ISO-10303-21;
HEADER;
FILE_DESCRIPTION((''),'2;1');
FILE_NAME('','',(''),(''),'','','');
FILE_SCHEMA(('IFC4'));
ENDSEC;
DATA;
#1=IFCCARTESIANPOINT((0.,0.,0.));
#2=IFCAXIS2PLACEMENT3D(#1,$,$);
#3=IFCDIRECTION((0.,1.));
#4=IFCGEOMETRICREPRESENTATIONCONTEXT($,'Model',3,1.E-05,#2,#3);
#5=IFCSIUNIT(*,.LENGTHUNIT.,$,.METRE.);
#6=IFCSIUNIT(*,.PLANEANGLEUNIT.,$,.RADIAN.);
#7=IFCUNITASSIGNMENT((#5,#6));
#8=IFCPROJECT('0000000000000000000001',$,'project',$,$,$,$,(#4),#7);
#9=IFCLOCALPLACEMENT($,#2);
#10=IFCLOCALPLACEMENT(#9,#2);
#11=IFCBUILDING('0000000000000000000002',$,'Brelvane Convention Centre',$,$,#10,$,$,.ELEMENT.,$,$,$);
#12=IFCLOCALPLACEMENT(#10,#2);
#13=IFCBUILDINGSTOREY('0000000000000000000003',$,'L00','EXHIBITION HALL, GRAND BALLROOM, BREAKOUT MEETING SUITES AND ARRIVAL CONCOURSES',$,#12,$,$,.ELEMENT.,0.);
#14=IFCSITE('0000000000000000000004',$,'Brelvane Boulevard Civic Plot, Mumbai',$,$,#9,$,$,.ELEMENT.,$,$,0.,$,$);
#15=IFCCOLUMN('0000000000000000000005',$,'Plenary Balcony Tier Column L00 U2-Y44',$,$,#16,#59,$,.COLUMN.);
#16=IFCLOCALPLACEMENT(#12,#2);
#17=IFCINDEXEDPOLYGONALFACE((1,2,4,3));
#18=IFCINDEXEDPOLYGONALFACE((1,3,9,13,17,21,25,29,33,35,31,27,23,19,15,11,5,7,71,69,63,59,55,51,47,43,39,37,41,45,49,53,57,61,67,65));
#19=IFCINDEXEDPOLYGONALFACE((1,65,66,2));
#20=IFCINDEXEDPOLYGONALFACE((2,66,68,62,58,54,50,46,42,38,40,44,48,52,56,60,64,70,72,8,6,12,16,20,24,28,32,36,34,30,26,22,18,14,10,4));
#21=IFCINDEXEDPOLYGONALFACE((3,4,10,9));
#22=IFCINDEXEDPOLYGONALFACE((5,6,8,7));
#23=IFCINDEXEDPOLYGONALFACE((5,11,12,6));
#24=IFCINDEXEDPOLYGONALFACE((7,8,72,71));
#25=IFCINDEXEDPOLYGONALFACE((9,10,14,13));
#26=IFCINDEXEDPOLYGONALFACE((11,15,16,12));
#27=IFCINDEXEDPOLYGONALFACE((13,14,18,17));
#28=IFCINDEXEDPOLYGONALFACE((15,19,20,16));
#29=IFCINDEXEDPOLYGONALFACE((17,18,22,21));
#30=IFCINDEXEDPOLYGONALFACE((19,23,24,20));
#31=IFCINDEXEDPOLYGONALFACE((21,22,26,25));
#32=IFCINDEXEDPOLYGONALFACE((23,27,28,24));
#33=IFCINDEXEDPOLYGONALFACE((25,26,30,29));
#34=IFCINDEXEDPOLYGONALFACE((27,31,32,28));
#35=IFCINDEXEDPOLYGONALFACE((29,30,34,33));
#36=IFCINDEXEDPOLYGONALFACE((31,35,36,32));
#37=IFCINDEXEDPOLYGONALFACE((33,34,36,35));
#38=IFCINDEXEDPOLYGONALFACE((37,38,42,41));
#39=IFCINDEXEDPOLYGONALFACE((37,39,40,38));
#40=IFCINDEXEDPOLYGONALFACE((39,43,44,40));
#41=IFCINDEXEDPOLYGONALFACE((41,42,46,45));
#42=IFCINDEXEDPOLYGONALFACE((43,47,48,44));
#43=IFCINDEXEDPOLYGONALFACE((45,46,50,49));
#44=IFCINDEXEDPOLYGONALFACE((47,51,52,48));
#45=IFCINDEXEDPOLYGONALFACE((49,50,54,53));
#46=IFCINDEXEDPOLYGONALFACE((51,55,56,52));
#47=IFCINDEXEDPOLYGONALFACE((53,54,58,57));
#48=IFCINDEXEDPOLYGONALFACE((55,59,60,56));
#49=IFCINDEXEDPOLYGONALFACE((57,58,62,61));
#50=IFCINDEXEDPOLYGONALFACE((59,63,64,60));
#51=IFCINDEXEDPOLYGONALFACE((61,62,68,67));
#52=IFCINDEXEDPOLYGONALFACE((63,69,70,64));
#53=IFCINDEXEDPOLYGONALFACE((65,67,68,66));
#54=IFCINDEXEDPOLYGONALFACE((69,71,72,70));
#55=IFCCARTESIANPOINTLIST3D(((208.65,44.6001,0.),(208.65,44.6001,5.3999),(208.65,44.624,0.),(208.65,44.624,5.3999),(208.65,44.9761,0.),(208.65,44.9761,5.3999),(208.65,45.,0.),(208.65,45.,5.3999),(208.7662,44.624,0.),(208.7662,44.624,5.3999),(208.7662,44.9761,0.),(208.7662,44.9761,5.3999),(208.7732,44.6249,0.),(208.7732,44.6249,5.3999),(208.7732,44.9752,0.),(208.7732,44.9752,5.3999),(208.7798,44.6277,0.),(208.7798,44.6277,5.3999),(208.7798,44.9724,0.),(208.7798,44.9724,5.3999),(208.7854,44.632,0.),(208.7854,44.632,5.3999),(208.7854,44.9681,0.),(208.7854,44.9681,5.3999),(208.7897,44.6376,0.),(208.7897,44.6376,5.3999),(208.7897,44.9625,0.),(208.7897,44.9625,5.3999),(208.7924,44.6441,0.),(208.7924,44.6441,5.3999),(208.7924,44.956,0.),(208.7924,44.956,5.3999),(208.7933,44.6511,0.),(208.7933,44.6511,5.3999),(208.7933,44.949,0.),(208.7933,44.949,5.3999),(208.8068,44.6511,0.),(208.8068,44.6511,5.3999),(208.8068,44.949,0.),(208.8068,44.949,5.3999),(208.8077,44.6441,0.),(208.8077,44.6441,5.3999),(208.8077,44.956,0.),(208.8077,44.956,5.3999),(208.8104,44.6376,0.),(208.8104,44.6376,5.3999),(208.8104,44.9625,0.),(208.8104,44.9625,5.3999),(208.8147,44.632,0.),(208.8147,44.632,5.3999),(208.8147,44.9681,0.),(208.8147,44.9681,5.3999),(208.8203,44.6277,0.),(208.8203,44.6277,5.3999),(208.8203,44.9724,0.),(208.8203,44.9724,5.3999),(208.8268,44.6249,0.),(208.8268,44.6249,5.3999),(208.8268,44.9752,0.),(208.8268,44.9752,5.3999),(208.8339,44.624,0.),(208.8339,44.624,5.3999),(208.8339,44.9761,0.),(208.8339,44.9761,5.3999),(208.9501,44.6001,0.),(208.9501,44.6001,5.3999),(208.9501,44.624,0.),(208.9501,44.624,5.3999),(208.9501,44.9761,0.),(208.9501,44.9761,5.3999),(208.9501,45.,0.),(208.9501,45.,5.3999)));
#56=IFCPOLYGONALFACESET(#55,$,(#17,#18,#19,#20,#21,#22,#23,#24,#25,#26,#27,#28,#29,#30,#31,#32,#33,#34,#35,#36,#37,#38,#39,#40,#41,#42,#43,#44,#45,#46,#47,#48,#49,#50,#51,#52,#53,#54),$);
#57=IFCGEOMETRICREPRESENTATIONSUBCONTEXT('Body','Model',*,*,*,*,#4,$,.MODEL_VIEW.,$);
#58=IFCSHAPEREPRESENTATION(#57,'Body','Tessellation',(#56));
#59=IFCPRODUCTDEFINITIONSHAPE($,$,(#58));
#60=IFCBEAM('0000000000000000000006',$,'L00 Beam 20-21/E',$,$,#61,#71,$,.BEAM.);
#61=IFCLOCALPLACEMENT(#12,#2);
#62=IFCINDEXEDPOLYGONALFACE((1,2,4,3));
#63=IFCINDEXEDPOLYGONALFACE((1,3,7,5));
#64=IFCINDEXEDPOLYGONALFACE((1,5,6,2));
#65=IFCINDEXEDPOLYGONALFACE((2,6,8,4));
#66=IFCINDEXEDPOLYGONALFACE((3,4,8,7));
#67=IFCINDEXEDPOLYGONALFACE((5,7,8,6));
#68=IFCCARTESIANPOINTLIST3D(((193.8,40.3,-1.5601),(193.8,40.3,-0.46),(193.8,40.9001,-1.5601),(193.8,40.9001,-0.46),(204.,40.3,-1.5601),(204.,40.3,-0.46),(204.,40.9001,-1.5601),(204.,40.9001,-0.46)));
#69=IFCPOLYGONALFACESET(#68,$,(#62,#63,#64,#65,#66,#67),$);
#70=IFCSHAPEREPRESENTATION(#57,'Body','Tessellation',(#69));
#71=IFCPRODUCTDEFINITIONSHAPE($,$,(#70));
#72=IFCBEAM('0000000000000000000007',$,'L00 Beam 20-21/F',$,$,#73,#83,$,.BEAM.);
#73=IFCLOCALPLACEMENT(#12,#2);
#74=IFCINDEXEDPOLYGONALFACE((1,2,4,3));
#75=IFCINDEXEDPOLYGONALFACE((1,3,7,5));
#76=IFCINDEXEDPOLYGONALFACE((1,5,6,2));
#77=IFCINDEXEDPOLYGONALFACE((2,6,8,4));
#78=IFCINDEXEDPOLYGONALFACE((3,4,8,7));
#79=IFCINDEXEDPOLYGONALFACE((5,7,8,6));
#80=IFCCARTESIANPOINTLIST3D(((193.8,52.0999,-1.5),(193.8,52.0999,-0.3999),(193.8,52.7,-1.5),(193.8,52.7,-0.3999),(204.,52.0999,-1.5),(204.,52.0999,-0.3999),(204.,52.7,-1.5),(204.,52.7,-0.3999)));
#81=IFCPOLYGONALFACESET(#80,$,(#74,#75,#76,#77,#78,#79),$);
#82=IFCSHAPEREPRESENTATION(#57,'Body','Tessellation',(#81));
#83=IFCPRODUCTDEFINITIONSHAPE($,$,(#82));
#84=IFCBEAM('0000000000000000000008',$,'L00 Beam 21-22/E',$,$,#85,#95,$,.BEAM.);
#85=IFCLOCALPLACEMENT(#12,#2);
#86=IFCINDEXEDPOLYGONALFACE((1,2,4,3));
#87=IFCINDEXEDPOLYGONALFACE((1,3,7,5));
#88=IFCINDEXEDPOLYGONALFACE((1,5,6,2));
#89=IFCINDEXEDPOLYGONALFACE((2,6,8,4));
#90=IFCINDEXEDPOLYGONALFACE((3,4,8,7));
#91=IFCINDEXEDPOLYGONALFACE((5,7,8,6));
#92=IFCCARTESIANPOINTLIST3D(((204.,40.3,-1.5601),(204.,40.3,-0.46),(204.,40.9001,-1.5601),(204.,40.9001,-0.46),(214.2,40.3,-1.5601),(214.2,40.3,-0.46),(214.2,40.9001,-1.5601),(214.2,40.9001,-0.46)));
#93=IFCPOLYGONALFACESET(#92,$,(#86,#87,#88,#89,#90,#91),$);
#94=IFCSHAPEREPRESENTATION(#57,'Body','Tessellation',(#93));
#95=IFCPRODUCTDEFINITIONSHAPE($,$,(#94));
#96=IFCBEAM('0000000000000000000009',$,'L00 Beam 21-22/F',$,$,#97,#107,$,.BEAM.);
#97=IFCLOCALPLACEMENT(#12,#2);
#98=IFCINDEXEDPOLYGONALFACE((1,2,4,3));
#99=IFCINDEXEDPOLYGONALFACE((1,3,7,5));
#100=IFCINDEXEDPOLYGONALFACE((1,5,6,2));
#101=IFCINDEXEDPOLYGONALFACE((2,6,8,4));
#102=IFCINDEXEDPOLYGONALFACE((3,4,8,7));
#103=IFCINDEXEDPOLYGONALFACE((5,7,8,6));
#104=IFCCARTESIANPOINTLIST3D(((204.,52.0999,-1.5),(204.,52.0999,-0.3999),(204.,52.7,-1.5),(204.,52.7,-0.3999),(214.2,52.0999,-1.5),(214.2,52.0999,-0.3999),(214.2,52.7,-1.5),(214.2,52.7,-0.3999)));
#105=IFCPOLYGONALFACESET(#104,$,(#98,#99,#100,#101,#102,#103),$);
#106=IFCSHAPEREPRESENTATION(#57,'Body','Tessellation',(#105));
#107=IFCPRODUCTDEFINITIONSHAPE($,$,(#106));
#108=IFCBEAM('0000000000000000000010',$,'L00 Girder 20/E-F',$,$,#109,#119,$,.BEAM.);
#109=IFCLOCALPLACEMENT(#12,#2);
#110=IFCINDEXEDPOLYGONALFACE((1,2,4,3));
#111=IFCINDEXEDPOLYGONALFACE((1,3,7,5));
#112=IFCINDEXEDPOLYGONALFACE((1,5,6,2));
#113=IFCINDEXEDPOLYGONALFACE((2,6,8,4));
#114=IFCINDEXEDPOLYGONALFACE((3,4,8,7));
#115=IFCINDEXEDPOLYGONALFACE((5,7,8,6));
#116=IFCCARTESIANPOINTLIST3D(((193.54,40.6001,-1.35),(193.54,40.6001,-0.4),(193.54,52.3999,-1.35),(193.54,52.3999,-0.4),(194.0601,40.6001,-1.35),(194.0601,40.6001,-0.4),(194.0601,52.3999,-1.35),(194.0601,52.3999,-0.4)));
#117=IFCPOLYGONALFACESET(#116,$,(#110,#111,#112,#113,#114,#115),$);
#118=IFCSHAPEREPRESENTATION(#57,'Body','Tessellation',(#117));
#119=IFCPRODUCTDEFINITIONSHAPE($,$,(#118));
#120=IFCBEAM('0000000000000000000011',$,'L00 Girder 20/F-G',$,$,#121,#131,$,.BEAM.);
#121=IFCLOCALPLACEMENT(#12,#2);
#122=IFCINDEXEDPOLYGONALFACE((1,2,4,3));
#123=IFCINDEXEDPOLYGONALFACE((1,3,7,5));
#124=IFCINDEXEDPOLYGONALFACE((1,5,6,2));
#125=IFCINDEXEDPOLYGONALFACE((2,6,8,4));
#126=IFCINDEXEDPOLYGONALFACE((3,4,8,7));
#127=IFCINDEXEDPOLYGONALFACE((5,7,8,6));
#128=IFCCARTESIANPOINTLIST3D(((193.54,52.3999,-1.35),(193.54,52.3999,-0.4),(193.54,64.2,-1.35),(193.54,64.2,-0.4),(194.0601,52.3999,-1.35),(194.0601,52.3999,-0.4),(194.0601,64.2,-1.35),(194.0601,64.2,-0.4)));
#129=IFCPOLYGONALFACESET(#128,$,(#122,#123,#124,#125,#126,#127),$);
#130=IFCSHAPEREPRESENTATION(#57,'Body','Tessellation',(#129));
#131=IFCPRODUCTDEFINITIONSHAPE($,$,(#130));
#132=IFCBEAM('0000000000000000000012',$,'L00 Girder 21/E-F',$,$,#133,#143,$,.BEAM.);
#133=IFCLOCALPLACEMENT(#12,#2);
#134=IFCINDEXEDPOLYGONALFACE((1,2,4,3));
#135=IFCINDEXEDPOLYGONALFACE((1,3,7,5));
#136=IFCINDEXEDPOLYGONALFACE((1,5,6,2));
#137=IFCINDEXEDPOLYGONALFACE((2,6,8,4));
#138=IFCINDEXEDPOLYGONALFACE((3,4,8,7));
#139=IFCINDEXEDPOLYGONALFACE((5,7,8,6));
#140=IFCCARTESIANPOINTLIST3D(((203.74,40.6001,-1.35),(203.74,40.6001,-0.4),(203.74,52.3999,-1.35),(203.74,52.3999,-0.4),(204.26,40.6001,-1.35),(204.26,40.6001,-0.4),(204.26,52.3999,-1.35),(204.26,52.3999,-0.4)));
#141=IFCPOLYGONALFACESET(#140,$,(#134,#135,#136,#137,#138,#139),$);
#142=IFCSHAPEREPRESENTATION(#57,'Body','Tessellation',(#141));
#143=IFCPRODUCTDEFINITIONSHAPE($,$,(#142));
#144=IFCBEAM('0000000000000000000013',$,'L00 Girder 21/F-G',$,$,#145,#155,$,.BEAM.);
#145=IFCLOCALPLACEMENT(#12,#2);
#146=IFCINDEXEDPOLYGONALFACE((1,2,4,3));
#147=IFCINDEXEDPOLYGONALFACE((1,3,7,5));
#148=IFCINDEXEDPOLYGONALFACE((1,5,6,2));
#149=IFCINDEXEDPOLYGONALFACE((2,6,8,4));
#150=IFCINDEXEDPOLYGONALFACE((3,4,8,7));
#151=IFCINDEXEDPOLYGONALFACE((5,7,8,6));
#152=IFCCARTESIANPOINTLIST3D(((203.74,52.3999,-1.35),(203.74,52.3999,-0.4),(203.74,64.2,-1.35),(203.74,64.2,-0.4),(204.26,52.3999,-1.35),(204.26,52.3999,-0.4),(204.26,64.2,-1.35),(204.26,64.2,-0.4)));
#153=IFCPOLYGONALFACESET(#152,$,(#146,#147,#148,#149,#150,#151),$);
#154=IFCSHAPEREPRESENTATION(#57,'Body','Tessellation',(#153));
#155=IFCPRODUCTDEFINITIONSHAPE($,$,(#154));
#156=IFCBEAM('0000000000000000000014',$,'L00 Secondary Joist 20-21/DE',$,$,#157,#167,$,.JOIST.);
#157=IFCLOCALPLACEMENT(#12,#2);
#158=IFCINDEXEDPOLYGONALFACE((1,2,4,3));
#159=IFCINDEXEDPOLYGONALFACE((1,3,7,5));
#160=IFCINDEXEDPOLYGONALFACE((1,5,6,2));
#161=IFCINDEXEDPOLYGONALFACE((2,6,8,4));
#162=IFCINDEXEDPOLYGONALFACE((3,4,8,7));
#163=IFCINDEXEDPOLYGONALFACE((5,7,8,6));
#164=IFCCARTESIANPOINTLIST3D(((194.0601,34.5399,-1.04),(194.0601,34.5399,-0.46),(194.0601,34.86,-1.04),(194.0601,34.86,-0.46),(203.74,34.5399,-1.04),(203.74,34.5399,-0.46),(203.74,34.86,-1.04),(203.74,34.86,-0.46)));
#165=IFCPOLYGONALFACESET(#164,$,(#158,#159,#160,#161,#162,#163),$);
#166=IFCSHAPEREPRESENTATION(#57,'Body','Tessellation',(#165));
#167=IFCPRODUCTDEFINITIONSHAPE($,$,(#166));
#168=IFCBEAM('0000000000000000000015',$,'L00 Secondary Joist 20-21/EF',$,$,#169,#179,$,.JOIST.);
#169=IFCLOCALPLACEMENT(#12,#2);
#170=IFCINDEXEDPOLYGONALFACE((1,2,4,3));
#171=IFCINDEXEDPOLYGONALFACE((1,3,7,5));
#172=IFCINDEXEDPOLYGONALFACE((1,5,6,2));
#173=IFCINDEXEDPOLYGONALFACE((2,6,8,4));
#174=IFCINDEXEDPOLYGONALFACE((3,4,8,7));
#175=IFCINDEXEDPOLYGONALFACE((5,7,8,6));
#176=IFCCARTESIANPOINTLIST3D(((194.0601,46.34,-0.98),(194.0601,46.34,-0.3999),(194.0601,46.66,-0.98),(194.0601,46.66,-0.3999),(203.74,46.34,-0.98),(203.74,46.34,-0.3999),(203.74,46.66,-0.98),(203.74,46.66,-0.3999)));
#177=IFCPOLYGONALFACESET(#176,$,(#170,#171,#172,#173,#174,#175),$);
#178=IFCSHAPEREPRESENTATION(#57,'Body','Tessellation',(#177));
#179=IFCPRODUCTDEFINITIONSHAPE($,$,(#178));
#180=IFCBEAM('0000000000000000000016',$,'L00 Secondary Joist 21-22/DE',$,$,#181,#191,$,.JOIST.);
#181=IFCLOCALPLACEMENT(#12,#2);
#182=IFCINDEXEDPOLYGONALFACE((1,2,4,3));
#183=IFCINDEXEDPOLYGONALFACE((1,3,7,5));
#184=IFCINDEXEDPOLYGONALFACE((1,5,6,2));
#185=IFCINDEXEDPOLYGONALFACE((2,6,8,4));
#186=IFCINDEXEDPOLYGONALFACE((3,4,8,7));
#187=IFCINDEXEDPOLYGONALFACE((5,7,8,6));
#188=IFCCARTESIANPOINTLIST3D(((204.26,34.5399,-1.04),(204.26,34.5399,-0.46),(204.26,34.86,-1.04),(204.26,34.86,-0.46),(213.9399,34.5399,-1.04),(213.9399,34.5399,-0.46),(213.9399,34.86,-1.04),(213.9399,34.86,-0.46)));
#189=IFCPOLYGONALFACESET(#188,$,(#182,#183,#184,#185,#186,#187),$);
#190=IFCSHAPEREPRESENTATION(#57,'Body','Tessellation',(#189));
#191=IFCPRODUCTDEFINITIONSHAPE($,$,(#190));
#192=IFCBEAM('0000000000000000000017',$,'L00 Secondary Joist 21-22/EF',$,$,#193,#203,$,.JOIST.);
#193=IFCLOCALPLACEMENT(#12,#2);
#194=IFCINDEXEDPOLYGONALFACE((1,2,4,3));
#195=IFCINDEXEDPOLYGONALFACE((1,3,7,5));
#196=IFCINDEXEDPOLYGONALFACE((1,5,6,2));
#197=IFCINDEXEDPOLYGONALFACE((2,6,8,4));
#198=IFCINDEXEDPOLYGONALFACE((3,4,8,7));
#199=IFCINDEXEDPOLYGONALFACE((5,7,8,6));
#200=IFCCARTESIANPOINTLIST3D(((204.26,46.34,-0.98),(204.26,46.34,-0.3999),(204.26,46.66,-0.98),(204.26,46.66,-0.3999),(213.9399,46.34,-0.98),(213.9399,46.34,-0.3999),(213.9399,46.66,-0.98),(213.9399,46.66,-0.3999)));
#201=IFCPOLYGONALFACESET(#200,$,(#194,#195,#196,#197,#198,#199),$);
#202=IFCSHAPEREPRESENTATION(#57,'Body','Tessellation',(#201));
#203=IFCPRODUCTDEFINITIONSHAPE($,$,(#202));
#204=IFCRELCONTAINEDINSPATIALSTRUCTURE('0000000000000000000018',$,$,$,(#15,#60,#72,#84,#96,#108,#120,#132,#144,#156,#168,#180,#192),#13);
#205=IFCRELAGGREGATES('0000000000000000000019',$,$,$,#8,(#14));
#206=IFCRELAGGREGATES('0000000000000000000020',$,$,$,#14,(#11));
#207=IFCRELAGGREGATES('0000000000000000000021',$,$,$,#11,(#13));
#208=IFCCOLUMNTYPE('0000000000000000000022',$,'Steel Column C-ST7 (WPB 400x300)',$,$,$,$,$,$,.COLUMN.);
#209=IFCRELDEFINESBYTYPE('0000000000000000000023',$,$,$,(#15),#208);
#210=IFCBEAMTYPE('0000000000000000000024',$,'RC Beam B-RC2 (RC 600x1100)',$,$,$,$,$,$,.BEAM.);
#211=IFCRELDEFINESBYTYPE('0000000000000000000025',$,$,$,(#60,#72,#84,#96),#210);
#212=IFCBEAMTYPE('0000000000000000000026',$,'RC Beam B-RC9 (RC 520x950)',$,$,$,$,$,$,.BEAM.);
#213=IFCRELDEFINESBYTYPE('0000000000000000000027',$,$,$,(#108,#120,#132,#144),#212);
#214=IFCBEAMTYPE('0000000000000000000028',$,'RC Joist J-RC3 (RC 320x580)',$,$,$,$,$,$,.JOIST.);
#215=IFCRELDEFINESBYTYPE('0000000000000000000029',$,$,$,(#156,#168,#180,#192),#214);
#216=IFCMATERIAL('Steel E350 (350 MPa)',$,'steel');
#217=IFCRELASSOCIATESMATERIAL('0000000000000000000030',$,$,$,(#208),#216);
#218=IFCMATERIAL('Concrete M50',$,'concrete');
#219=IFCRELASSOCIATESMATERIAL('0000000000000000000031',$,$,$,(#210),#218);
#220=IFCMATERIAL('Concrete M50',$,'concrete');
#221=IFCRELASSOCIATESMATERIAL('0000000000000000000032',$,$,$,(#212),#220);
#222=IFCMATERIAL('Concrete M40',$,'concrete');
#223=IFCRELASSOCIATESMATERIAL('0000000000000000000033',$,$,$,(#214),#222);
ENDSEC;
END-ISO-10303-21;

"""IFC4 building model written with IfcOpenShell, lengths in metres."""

from ifc_helpers import new_model, si_unit, direction, frame, origin, origin_2d, place, context, subcontext, project, spatial, rectangle, i_section, extrude, material, material_profile, profile_set, type_object, element, save


model = new_model("IFC4")

# Units and contexts
model_context = context("Model", 3, precision=1e-05, world=origin(), true_north=direction((0.0, 1.0)))
body_context = subcontext(model_context, "Body", "Model", "MODEL_VIEW")
ifc_project = project(units=[si_unit("LENGTHUNIT", "METRE"), si_unit("PLANEANGLEUNIT", "RADIAN")], contexts=[model_context])

# Site, building, storey
site_placement = place(None, origin())
site = spatial("IfcSite", under=ifc_project, at=site_placement, Name="Brelvane Boulevard Civic Plot, Mumbai", CompositionType="ELEMENT", RefElevation=0.0)
building_placement = place(site_placement, origin())
building = spatial("IfcBuilding", under=site, at=building_placement, Name="Brelvane Convention Centre", CompositionType="ELEMENT")
storey_placement = place(building_placement, origin())
storey = spatial("IfcBuildingStorey", under=building, at=storey_placement, Name="L00", Description="EXHIBITION HALL, GRAND BALLROOM, BREAKOUT MEETING SUITES AND ARRIVAL CONCOURSES", CompositionType="ELEMENT", Elevation=0.0)

# Column
ifc_material_1 = material(Name="Steel E350 (350 MPa)", Category="steel")
ifc_material_profile_1 = material_profile(ifc_material_1, i_section(OverallWidth=0.3, OverallDepth=0.3999, WebThickness=0.0134, FlangeThickness=0.0239, FilletRadius=0.0271, at=origin_2d()), Name="WPB 400x300")
ifc_profile_set_1 = profile_set([ifc_material_profile_1], Name="Steel E350 (350 MPa)")
column_type_1 = type_object("IfcColumnType", Name="Steel Column C-ST7 (WPB 400x300)", PredefinedType="COLUMN", material=ifc_profile_set_1)
for number, where, z_axis, x_axis, name in (
    (1, (208.8, 44.8, 0.0), (0.0, 0.0, 1.0), (1.0, 0.0, 0.0), "Plenary Balcony Tier Column L00 U2-Y44"),
):
    element("IfcColumn", number, at=place(storey_placement, frame(where, z_axis=z_axis, x_axis=x_axis)), inside=storey, type_object=column_type_1, Name=name, PredefinedType="COLUMN", context=body_context, shape_type="SweptSolid", body=[
        extrude(i_section(OverallWidth=0.3, OverallDepth=0.3999, WebThickness=0.0134, FlangeThickness=0.0239, FilletRadius=0.0271, at=origin_2d()), origin(), (0.0, 0.0, 1.0), 5.3999),
    ])

# Beams
ifc_material_2 = material(Name="Concrete M50", Category="concrete")
ifc_material_profile_2 = material_profile(ifc_material_2, rectangle(XDim=0.6001, YDim=1.1001, at=origin_2d()), Name="RC 600x1100")
ifc_profile_set_2 = profile_set([ifc_material_profile_2], Name="Concrete M50")
beam_type_1 = type_object("IfcBeamType", Name="RC Beam B-RC2 (RC 600x1100)", PredefinedType="BEAM", material=ifc_profile_set_2)
for number, where, z_axis, x_axis, name in (
    (2, (193.8, 40.6001, -1.01), (1.0, 0.0, 0.0), (0.0, 1.0, 0.0), "L00 Beam 20-21/E"),
    (3, (193.8, 52.3999, -0.95), (1.0, 0.0, 0.0), (0.0, 1.0, 0.0), "L00 Beam 20-21/F"),
    (4, (204.0, 40.6001, -1.01), (1.0, 0.0, 0.0), (0.0, 1.0, 0.0), "L00 Beam 21-22/E"),
    (5, (204.0, 52.3999, -0.95), (1.0, 0.0, 0.0), (0.0, 1.0, 0.0), "L00 Beam 21-22/F"),
):
    element("IfcBeam", number, at=place(storey_placement, frame(where, z_axis=z_axis, x_axis=x_axis)), inside=storey, type_object=beam_type_1, Name=name, PredefinedType="BEAM", context=body_context, shape_type="SweptSolid", body=[
        extrude(rectangle(XDim=0.6001, YDim=1.1001, at=origin_2d()), origin(), (0.0, 0.0, 1.0), 10.2),
    ])
ifc_material_3 = material(Name="Concrete M50", Category="concrete")
ifc_material_profile_3 = material_profile(ifc_material_3, rectangle(XDim=0.52, YDim=0.95, at=origin_2d()), Name="RC 520x950")
ifc_profile_set_3 = profile_set([ifc_material_profile_3], Name="Concrete M50")
beam_type_2 = type_object("IfcBeamType", Name="RC Beam B-RC9 (RC 520x950)", PredefinedType="BEAM", material=ifc_profile_set_3)
beam_1_placement = place(storey_placement, frame((193.8, 40.6001, -0.875), z_axis=(0.0, 1.0, 0.0), x_axis=(-1.0, 0.0, 0.0)))
element("IfcBeam", 6, at=beam_1_placement, inside=storey, type_object=beam_type_2, Name="L00 Girder 20/E-F", PredefinedType="BEAM", context=body_context, shape_type="SweptSolid", body=[
    extrude(rectangle(XDim=0.52, YDim=0.95, at=origin_2d()), origin(), (0.0, 0.0, 1.0), 11.7998),
])
beam_2_placement = place(storey_placement, frame((193.8, 52.3999, -0.875), z_axis=(0.0, 1.0, 0.0), x_axis=(-1.0, 0.0, 0.0)))
element("IfcBeam", 7, at=beam_2_placement, inside=storey, type_object=beam_type_2, Name="L00 Girder 20/F-G", PredefinedType="BEAM", context=body_context, shape_type="SweptSolid", body=[
    extrude(rectangle(XDim=0.52, YDim=0.95, at=origin_2d()), origin(), (0.0, 0.0, 1.0), 11.8),
])
beam_3_placement = place(storey_placement, frame((204.0, 40.6001, -0.875), z_axis=(0.0, 1.0, 0.0), x_axis=(-1.0, 0.0, 0.0)))
element("IfcBeam", 8, at=beam_3_placement, inside=storey, type_object=beam_type_2, Name="L00 Girder 21/E-F", PredefinedType="BEAM", context=body_context, shape_type="SweptSolid", body=[
    extrude(rectangle(XDim=0.52, YDim=0.95, at=origin_2d()), origin(), (0.0, 0.0, 1.0), 11.7998),
])
beam_4_placement = place(storey_placement, frame((204.0, 52.3999, -0.875), z_axis=(0.0, 1.0, 0.0), x_axis=(-1.0, 0.0, 0.0)))
element("IfcBeam", 9, at=beam_4_placement, inside=storey, type_object=beam_type_2, Name="L00 Girder 21/F-G", PredefinedType="BEAM", context=body_context, shape_type="SweptSolid", body=[
    extrude(rectangle(XDim=0.52, YDim=0.95, at=origin_2d()), origin(), (0.0, 0.0, 1.0), 11.8),
])
ifc_material_4 = material(Name="Concrete M40", Category="concrete")
ifc_material_profile_4 = material_profile(ifc_material_4, rectangle(XDim=0.3201, YDim=0.5801, at=origin_2d()), Name="RC 320x580")
ifc_profile_set_4 = profile_set([ifc_material_profile_4], Name="Concrete M40")
beam_type_3 = type_object("IfcBeamType", Name="RC Joist J-RC3 (RC 320x580)", PredefinedType="JOIST", material=ifc_profile_set_4)
for number, where, z_axis, x_axis, name in (
    (10, (194.0601, 34.7, -0.75), (1.0, 0.0, 0.0), (0.0, 1.0, 0.0), "L00 Secondary Joist 20-21/DE"),
    (11, (194.0601, 46.5, -0.6899), (1.0, 0.0, 0.0), (0.0, 1.0, 0.0), "L00 Secondary Joist 20-21/EF"),
    (12, (204.26, 34.7, -0.75), (1.0, 0.0, 0.0), (0.0, 1.0, 0.0), "L00 Secondary Joist 21-22/DE"),
    (13, (204.26, 46.5, -0.6899), (1.0, 0.0, 0.0), (0.0, 1.0, 0.0), "L00 Secondary Joist 21-22/EF"),
):
    element("IfcBeam", number, at=place(storey_placement, frame(where, z_axis=z_axis, x_axis=x_axis)), inside=storey, type_object=beam_type_3, Name=name, PredefinedType="JOIST", context=body_context, shape_type="SweptSolid", body=[
        extrude(rectangle(XDim=0.3201, YDim=0.5801, at=origin_2d()), origin(), (0.0, 0.0, 1.0), 9.6799),
    ])

save(model, "model.ifc")
